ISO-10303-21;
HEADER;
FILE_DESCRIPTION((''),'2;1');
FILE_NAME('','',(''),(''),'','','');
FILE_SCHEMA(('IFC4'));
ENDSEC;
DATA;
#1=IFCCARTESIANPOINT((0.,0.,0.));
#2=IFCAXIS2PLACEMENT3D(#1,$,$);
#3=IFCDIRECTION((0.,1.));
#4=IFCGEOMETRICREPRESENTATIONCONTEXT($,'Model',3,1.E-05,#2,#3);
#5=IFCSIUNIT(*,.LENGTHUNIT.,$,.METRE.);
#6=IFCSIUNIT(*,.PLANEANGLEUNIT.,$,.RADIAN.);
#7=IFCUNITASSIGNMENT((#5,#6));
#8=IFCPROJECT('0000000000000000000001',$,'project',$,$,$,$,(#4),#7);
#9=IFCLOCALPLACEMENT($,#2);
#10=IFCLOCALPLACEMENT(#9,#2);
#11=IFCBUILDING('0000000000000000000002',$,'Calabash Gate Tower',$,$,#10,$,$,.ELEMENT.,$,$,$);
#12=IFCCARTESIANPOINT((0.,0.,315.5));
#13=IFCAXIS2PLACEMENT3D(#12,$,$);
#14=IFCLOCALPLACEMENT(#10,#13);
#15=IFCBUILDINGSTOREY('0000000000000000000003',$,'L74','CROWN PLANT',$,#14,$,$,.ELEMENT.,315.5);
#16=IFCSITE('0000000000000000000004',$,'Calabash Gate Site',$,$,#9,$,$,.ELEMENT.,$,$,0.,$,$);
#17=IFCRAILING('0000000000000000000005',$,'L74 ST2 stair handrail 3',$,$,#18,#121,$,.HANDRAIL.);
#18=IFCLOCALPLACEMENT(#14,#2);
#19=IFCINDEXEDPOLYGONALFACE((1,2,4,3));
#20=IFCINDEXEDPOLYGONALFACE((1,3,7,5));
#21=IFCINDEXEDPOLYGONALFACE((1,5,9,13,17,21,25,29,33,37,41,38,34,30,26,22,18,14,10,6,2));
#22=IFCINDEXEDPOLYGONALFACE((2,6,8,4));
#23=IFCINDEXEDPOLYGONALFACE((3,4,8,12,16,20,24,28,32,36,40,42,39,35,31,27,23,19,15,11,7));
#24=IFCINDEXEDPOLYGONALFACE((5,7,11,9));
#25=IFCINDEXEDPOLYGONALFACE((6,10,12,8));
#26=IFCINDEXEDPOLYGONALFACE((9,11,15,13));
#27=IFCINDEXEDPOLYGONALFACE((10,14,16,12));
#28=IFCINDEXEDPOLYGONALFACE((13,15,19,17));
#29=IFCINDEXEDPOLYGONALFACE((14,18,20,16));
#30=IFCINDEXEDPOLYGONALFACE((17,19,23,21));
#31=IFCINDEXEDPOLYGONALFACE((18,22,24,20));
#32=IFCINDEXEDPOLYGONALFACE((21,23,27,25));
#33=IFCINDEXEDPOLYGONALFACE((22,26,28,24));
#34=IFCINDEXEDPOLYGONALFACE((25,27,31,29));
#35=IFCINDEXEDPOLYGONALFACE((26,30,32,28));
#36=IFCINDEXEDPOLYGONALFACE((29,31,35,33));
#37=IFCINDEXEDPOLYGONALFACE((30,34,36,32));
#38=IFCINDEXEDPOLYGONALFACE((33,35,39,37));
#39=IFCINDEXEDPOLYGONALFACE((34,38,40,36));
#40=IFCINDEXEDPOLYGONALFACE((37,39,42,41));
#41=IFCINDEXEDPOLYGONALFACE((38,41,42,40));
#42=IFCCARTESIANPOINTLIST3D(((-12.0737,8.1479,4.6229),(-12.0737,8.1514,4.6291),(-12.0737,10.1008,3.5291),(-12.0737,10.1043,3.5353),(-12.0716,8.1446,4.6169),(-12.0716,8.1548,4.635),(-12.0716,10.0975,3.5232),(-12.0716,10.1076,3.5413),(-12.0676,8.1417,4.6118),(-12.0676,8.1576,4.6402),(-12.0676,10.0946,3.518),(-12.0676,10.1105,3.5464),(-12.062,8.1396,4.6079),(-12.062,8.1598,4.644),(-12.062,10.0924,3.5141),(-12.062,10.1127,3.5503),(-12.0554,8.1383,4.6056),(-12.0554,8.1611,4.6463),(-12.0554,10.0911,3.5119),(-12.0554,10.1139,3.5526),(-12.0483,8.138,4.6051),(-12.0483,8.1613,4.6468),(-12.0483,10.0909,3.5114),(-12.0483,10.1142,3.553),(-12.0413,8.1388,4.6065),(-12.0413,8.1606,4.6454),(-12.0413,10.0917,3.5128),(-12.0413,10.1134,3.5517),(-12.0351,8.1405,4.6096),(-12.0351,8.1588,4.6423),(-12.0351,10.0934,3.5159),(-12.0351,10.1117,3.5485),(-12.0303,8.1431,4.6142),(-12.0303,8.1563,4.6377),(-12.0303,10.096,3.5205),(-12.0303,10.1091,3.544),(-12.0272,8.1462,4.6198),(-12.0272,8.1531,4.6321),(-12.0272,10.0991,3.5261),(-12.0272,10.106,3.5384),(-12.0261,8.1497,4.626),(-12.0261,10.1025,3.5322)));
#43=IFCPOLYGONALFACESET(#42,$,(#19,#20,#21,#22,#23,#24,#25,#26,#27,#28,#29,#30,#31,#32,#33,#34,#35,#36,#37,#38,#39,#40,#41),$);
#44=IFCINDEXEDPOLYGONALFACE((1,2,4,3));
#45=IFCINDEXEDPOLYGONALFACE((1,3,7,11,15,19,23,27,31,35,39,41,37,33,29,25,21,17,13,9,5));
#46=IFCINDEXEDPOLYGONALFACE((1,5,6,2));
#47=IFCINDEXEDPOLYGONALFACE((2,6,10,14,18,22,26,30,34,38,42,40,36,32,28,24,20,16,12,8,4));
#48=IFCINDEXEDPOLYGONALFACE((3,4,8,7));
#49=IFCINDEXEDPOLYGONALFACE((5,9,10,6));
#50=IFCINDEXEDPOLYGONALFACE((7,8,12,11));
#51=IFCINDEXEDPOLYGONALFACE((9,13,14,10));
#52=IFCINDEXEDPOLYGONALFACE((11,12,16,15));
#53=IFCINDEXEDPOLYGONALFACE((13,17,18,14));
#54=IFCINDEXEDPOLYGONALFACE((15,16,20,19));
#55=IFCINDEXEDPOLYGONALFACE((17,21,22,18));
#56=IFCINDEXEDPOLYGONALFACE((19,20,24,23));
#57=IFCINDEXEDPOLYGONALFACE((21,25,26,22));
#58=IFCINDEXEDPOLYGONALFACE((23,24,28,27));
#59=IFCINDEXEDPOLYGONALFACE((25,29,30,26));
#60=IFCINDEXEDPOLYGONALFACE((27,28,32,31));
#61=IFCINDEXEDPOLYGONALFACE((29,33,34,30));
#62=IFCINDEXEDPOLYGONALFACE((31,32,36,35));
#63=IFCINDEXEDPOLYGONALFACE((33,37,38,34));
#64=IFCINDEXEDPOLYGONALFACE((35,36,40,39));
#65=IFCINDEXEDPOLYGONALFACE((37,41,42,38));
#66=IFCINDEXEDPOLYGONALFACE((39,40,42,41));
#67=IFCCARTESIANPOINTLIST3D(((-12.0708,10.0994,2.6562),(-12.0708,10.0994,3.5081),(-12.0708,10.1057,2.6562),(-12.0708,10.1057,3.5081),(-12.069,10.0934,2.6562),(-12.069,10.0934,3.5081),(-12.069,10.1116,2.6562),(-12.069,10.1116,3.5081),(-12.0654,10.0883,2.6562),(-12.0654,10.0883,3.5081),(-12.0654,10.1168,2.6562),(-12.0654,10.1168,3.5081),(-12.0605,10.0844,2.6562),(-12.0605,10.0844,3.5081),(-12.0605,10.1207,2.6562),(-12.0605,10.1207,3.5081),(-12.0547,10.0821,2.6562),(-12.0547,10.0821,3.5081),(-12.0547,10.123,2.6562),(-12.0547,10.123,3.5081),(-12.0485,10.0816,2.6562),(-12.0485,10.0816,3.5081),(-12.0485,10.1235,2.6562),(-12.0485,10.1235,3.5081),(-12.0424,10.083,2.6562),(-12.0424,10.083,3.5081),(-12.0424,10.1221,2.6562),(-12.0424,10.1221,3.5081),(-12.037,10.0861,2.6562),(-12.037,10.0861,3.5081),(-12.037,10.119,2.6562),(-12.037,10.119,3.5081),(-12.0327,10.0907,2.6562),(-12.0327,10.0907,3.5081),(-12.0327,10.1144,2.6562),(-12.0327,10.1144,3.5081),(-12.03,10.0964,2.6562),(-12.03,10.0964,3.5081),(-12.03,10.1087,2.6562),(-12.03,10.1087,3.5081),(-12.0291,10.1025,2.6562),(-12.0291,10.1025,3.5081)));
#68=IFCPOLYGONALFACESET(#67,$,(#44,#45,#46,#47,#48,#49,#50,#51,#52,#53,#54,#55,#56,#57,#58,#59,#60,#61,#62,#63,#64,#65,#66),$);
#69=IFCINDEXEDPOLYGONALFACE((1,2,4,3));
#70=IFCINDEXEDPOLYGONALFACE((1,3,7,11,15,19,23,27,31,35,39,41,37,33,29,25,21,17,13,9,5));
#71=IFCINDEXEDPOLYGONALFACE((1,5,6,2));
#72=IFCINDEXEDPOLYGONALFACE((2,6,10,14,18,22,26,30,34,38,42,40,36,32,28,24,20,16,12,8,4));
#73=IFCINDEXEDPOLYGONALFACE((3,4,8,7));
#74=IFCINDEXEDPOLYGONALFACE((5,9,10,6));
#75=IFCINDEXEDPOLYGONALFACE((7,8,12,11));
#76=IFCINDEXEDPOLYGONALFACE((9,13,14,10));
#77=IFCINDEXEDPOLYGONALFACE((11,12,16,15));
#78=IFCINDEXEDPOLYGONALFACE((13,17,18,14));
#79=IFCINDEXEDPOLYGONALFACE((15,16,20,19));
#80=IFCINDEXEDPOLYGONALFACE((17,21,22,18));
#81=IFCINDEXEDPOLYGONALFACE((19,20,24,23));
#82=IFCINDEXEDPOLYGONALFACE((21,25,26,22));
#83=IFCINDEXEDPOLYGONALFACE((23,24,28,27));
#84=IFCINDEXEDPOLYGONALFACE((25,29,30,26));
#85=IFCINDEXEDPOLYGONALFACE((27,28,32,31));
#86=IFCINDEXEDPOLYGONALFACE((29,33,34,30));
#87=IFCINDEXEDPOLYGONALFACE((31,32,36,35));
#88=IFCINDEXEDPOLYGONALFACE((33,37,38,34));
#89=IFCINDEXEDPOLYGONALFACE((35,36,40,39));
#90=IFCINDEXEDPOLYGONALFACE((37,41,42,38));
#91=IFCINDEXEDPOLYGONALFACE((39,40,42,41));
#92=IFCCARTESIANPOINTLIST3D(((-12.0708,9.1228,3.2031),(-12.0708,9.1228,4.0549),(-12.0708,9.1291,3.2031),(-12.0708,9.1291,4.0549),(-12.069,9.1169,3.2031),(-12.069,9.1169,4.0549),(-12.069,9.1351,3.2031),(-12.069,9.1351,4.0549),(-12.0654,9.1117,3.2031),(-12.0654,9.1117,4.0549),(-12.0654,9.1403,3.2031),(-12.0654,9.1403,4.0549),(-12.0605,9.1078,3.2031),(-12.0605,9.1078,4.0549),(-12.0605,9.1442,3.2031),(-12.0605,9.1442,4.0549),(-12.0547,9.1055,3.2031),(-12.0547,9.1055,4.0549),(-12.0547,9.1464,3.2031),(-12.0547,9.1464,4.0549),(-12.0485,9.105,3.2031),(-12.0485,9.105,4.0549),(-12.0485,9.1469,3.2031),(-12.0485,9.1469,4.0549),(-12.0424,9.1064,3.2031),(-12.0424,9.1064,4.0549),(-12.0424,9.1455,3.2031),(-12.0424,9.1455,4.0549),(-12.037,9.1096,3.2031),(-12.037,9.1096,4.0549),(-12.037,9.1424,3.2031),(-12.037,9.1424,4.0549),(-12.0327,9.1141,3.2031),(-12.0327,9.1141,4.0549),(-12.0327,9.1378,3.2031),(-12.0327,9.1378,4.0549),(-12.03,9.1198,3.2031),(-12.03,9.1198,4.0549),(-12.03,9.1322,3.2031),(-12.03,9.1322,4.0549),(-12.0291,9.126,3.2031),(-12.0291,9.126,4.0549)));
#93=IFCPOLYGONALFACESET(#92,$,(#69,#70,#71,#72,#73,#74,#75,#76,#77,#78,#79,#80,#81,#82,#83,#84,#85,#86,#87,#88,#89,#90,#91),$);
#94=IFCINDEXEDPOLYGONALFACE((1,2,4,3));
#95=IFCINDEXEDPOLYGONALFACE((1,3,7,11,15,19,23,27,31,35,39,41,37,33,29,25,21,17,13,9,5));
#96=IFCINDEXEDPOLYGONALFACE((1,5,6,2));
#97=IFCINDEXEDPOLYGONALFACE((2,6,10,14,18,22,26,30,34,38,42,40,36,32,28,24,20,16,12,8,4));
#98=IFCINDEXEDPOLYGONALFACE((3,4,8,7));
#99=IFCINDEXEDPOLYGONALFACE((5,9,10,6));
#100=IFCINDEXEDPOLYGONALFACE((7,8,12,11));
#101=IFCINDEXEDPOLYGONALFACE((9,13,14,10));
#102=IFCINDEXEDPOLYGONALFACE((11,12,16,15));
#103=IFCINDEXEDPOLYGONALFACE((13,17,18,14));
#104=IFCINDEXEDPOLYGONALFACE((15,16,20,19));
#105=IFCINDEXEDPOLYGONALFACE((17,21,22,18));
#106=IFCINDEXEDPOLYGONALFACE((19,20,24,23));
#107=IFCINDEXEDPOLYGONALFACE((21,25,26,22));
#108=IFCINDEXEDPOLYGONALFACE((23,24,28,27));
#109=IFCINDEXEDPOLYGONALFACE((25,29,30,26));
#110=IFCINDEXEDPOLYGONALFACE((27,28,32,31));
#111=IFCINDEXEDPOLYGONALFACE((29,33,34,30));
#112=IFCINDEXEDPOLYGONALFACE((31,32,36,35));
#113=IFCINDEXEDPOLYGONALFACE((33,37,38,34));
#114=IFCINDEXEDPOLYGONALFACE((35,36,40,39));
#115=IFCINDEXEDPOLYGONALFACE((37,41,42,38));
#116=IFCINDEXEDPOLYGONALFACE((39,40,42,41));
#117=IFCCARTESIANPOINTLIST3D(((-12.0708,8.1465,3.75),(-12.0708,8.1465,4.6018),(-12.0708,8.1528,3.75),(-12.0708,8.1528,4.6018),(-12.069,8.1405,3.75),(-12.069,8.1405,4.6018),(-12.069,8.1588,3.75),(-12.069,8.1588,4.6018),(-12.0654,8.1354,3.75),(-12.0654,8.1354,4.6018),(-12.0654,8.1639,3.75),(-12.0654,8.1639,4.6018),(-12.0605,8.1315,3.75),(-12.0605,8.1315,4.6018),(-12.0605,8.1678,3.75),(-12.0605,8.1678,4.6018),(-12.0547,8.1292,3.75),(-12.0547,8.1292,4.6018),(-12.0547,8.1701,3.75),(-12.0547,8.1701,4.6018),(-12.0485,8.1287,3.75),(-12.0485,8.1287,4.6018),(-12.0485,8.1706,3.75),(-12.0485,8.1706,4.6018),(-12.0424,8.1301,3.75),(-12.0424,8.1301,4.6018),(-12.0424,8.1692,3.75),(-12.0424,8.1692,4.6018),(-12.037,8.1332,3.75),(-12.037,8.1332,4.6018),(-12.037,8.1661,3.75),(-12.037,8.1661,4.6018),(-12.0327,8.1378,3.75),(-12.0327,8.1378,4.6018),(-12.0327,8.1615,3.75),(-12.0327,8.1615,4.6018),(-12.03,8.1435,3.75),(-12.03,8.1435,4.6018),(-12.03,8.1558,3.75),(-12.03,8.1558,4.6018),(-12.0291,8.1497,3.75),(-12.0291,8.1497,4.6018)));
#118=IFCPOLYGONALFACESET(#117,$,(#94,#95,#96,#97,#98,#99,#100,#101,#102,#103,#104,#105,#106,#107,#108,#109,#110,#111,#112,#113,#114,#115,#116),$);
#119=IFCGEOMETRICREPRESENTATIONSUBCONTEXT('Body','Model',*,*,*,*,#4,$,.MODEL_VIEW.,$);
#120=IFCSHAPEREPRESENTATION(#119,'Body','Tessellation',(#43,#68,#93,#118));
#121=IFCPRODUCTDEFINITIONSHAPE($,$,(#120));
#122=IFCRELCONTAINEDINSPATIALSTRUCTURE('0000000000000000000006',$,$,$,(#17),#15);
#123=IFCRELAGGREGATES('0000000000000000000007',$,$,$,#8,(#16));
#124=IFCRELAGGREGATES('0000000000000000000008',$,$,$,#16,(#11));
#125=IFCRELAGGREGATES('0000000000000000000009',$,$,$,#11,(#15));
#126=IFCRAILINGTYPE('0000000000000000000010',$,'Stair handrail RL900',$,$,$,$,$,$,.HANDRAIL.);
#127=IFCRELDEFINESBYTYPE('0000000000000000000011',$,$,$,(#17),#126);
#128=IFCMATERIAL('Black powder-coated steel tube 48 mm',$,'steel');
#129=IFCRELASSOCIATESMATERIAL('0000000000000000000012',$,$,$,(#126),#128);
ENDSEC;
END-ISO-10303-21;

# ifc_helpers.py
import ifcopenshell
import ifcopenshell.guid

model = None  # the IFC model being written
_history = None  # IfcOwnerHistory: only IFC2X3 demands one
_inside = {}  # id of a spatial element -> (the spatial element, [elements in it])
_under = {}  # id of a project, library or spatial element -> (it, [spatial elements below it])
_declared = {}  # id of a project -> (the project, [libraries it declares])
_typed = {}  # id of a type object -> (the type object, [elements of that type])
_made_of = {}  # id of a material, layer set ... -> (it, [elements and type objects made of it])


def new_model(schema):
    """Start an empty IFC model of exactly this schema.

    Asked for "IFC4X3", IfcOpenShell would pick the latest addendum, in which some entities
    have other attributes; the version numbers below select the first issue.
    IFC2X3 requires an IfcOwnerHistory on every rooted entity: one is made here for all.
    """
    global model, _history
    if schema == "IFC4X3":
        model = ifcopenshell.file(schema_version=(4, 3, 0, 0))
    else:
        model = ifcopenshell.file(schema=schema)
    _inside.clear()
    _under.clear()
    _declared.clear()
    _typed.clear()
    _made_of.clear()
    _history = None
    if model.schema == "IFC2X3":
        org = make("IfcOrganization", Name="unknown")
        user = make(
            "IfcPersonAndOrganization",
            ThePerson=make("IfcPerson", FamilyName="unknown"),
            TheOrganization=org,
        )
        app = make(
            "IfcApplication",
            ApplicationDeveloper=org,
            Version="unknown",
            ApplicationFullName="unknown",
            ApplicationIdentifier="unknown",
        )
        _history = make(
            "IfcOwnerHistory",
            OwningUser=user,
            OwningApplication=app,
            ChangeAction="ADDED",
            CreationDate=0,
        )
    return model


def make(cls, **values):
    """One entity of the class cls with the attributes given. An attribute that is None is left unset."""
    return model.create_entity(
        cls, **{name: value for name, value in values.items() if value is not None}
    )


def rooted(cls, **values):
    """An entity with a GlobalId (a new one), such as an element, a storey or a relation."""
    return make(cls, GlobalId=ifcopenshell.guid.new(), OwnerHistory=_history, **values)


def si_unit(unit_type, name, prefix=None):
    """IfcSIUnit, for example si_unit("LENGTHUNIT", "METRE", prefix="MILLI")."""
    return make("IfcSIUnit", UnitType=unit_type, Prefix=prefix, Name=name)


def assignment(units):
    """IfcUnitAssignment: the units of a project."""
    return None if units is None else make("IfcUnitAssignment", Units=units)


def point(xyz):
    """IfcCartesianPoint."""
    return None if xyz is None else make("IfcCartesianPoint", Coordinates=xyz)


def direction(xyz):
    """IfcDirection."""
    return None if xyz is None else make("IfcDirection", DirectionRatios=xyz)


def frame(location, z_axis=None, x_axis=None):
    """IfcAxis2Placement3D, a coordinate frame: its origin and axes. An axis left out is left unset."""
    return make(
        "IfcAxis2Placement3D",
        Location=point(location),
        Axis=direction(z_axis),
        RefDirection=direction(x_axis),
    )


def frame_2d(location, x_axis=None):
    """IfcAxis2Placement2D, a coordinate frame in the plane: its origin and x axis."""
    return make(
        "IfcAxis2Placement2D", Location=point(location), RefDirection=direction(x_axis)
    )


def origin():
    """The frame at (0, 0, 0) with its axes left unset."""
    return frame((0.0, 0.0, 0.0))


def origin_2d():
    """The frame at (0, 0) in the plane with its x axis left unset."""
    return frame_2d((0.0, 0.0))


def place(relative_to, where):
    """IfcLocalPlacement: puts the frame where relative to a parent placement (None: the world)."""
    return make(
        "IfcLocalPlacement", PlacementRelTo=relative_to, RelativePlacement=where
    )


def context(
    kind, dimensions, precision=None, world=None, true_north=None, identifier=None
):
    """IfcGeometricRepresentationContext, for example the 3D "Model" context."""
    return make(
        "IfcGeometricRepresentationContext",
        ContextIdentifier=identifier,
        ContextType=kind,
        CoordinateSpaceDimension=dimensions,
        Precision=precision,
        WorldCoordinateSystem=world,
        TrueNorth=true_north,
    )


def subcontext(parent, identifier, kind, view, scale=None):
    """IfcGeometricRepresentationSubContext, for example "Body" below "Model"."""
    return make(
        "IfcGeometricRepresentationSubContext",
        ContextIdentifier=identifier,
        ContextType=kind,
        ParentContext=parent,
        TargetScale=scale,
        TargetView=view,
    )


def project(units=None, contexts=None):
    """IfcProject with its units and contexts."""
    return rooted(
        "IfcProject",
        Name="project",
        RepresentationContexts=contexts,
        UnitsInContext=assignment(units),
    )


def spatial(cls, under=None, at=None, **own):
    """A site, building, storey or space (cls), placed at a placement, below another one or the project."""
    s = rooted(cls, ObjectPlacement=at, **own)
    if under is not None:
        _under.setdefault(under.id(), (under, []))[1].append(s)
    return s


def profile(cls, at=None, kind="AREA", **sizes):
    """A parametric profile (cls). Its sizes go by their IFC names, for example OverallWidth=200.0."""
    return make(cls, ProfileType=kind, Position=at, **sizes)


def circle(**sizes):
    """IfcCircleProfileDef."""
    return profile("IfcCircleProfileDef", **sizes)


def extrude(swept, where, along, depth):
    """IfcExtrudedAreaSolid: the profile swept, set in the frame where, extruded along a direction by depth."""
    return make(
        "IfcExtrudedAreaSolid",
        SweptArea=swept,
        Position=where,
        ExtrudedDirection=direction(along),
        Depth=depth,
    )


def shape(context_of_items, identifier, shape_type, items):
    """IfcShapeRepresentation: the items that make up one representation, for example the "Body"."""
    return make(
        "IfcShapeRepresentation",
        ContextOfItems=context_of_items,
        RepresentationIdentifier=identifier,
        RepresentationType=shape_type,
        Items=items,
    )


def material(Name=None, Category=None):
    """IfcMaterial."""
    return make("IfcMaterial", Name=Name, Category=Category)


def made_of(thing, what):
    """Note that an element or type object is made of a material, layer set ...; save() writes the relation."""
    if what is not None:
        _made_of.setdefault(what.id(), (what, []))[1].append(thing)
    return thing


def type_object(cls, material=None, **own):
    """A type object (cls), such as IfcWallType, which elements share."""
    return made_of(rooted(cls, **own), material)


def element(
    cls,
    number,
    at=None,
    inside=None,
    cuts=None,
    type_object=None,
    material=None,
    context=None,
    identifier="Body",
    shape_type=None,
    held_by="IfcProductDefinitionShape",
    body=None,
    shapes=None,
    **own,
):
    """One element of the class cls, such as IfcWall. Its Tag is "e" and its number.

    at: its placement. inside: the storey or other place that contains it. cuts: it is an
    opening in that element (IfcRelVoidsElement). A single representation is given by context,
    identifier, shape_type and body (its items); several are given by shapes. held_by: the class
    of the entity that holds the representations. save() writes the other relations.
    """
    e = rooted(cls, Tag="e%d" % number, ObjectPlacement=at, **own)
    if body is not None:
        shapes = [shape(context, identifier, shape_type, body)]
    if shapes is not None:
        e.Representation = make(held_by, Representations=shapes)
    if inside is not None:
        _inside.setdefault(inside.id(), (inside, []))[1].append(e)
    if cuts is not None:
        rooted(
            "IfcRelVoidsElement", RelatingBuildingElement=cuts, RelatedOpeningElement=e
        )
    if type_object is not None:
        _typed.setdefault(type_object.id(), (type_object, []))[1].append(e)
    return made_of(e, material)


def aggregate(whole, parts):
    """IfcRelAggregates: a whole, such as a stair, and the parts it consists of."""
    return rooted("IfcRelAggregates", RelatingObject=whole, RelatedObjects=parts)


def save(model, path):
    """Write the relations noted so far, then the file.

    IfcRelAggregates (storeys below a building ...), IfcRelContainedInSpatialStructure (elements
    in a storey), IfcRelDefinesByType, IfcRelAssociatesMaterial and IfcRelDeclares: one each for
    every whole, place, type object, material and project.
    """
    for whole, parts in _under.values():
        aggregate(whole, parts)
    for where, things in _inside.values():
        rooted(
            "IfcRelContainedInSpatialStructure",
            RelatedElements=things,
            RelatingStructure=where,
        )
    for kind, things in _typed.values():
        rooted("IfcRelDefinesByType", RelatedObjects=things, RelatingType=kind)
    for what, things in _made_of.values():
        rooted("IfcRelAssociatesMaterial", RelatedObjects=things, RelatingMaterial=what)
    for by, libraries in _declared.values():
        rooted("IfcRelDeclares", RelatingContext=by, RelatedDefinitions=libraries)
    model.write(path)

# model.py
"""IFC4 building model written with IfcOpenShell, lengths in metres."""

from ifc_helpers import new_model, si_unit, direction, frame, origin, origin_2d, place, context, subcontext, project, spatial, circle, extrude, material, type_object, element, save


model = new_model("IFC4")

# Units and contexts
model_context = context("Model", 3, precision=1e-05, world=origin(), true_north=direction((0.0, 1.0)))
body_context = subcontext(model_context, "Body", "Model", "MODEL_VIEW")
ifc_project = project(units=[si_unit("LENGTHUNIT", "METRE"), si_unit("PLANEANGLEUNIT", "RADIAN")], contexts=[model_context])

# Site, building, storey
site_placement = place(None, origin())
site = spatial("IfcSite", under=ifc_project, at=site_placement, Name="Calabash Gate Site", CompositionType="ELEMENT", RefElevation=0.0)
building_placement = place(site_placement, origin())
building = spatial("IfcBuilding", under=site, at=building_placement, Name="Calabash Gate Tower", CompositionType="ELEMENT")
storey_placement = place(building_placement, frame((0.0, 0.0, 315.5)))
storey = spatial("IfcBuildingStorey", under=building, at=storey_placement, Name="L74", Description="CROWN PLANT", CompositionType="ELEMENT", Elevation=315.5)

# Railing
ifc_material_1 = material(Name="Black powder-coated steel tube 48 mm", Category="steel")
railing_type_1 = type_object("IfcRailingType", Name="Stair handrail RL900", PredefinedType="HANDRAIL", material=ifc_material_1)
for number, where, name in (
    (1, (-12.05, 10.1025, 2.6562), "L74 ST2 stair handrail 3"),
):
    element("IfcRailing", number, at=place(storey_placement, frame(where)), inside=storey, type_object=railing_type_1, Name=name, PredefinedType="HANDRAIL", context=body_context, shape_type="SweptSolid", body=[
        extrude(circle(Radius=0.0239, at=origin_2d()), frame((0.0, 0.0, 0.876), z_axis=(0.0, -0.87248, 0.48865), x_axis=(1.0, 0.0, 0.0)), (0.0, 0.0, 1.0), 2.2383),
        extrude(circle(Radius=0.021, at=origin_2d()), origin(), (0.0, 0.0, 1.0), 0.8518),
        extrude(circle(Radius=0.021, at=origin_2d()), frame((0.0, -0.9766, 0.5469)), (0.0, 0.0, 1.0), 0.8518),
        extrude(circle(Radius=0.021, at=origin_2d()), frame((0.0, -1.9529, 1.0938)), (0.0, 0.0, 1.0), 0.8518),
    ])

save(model, "model.ifc")
